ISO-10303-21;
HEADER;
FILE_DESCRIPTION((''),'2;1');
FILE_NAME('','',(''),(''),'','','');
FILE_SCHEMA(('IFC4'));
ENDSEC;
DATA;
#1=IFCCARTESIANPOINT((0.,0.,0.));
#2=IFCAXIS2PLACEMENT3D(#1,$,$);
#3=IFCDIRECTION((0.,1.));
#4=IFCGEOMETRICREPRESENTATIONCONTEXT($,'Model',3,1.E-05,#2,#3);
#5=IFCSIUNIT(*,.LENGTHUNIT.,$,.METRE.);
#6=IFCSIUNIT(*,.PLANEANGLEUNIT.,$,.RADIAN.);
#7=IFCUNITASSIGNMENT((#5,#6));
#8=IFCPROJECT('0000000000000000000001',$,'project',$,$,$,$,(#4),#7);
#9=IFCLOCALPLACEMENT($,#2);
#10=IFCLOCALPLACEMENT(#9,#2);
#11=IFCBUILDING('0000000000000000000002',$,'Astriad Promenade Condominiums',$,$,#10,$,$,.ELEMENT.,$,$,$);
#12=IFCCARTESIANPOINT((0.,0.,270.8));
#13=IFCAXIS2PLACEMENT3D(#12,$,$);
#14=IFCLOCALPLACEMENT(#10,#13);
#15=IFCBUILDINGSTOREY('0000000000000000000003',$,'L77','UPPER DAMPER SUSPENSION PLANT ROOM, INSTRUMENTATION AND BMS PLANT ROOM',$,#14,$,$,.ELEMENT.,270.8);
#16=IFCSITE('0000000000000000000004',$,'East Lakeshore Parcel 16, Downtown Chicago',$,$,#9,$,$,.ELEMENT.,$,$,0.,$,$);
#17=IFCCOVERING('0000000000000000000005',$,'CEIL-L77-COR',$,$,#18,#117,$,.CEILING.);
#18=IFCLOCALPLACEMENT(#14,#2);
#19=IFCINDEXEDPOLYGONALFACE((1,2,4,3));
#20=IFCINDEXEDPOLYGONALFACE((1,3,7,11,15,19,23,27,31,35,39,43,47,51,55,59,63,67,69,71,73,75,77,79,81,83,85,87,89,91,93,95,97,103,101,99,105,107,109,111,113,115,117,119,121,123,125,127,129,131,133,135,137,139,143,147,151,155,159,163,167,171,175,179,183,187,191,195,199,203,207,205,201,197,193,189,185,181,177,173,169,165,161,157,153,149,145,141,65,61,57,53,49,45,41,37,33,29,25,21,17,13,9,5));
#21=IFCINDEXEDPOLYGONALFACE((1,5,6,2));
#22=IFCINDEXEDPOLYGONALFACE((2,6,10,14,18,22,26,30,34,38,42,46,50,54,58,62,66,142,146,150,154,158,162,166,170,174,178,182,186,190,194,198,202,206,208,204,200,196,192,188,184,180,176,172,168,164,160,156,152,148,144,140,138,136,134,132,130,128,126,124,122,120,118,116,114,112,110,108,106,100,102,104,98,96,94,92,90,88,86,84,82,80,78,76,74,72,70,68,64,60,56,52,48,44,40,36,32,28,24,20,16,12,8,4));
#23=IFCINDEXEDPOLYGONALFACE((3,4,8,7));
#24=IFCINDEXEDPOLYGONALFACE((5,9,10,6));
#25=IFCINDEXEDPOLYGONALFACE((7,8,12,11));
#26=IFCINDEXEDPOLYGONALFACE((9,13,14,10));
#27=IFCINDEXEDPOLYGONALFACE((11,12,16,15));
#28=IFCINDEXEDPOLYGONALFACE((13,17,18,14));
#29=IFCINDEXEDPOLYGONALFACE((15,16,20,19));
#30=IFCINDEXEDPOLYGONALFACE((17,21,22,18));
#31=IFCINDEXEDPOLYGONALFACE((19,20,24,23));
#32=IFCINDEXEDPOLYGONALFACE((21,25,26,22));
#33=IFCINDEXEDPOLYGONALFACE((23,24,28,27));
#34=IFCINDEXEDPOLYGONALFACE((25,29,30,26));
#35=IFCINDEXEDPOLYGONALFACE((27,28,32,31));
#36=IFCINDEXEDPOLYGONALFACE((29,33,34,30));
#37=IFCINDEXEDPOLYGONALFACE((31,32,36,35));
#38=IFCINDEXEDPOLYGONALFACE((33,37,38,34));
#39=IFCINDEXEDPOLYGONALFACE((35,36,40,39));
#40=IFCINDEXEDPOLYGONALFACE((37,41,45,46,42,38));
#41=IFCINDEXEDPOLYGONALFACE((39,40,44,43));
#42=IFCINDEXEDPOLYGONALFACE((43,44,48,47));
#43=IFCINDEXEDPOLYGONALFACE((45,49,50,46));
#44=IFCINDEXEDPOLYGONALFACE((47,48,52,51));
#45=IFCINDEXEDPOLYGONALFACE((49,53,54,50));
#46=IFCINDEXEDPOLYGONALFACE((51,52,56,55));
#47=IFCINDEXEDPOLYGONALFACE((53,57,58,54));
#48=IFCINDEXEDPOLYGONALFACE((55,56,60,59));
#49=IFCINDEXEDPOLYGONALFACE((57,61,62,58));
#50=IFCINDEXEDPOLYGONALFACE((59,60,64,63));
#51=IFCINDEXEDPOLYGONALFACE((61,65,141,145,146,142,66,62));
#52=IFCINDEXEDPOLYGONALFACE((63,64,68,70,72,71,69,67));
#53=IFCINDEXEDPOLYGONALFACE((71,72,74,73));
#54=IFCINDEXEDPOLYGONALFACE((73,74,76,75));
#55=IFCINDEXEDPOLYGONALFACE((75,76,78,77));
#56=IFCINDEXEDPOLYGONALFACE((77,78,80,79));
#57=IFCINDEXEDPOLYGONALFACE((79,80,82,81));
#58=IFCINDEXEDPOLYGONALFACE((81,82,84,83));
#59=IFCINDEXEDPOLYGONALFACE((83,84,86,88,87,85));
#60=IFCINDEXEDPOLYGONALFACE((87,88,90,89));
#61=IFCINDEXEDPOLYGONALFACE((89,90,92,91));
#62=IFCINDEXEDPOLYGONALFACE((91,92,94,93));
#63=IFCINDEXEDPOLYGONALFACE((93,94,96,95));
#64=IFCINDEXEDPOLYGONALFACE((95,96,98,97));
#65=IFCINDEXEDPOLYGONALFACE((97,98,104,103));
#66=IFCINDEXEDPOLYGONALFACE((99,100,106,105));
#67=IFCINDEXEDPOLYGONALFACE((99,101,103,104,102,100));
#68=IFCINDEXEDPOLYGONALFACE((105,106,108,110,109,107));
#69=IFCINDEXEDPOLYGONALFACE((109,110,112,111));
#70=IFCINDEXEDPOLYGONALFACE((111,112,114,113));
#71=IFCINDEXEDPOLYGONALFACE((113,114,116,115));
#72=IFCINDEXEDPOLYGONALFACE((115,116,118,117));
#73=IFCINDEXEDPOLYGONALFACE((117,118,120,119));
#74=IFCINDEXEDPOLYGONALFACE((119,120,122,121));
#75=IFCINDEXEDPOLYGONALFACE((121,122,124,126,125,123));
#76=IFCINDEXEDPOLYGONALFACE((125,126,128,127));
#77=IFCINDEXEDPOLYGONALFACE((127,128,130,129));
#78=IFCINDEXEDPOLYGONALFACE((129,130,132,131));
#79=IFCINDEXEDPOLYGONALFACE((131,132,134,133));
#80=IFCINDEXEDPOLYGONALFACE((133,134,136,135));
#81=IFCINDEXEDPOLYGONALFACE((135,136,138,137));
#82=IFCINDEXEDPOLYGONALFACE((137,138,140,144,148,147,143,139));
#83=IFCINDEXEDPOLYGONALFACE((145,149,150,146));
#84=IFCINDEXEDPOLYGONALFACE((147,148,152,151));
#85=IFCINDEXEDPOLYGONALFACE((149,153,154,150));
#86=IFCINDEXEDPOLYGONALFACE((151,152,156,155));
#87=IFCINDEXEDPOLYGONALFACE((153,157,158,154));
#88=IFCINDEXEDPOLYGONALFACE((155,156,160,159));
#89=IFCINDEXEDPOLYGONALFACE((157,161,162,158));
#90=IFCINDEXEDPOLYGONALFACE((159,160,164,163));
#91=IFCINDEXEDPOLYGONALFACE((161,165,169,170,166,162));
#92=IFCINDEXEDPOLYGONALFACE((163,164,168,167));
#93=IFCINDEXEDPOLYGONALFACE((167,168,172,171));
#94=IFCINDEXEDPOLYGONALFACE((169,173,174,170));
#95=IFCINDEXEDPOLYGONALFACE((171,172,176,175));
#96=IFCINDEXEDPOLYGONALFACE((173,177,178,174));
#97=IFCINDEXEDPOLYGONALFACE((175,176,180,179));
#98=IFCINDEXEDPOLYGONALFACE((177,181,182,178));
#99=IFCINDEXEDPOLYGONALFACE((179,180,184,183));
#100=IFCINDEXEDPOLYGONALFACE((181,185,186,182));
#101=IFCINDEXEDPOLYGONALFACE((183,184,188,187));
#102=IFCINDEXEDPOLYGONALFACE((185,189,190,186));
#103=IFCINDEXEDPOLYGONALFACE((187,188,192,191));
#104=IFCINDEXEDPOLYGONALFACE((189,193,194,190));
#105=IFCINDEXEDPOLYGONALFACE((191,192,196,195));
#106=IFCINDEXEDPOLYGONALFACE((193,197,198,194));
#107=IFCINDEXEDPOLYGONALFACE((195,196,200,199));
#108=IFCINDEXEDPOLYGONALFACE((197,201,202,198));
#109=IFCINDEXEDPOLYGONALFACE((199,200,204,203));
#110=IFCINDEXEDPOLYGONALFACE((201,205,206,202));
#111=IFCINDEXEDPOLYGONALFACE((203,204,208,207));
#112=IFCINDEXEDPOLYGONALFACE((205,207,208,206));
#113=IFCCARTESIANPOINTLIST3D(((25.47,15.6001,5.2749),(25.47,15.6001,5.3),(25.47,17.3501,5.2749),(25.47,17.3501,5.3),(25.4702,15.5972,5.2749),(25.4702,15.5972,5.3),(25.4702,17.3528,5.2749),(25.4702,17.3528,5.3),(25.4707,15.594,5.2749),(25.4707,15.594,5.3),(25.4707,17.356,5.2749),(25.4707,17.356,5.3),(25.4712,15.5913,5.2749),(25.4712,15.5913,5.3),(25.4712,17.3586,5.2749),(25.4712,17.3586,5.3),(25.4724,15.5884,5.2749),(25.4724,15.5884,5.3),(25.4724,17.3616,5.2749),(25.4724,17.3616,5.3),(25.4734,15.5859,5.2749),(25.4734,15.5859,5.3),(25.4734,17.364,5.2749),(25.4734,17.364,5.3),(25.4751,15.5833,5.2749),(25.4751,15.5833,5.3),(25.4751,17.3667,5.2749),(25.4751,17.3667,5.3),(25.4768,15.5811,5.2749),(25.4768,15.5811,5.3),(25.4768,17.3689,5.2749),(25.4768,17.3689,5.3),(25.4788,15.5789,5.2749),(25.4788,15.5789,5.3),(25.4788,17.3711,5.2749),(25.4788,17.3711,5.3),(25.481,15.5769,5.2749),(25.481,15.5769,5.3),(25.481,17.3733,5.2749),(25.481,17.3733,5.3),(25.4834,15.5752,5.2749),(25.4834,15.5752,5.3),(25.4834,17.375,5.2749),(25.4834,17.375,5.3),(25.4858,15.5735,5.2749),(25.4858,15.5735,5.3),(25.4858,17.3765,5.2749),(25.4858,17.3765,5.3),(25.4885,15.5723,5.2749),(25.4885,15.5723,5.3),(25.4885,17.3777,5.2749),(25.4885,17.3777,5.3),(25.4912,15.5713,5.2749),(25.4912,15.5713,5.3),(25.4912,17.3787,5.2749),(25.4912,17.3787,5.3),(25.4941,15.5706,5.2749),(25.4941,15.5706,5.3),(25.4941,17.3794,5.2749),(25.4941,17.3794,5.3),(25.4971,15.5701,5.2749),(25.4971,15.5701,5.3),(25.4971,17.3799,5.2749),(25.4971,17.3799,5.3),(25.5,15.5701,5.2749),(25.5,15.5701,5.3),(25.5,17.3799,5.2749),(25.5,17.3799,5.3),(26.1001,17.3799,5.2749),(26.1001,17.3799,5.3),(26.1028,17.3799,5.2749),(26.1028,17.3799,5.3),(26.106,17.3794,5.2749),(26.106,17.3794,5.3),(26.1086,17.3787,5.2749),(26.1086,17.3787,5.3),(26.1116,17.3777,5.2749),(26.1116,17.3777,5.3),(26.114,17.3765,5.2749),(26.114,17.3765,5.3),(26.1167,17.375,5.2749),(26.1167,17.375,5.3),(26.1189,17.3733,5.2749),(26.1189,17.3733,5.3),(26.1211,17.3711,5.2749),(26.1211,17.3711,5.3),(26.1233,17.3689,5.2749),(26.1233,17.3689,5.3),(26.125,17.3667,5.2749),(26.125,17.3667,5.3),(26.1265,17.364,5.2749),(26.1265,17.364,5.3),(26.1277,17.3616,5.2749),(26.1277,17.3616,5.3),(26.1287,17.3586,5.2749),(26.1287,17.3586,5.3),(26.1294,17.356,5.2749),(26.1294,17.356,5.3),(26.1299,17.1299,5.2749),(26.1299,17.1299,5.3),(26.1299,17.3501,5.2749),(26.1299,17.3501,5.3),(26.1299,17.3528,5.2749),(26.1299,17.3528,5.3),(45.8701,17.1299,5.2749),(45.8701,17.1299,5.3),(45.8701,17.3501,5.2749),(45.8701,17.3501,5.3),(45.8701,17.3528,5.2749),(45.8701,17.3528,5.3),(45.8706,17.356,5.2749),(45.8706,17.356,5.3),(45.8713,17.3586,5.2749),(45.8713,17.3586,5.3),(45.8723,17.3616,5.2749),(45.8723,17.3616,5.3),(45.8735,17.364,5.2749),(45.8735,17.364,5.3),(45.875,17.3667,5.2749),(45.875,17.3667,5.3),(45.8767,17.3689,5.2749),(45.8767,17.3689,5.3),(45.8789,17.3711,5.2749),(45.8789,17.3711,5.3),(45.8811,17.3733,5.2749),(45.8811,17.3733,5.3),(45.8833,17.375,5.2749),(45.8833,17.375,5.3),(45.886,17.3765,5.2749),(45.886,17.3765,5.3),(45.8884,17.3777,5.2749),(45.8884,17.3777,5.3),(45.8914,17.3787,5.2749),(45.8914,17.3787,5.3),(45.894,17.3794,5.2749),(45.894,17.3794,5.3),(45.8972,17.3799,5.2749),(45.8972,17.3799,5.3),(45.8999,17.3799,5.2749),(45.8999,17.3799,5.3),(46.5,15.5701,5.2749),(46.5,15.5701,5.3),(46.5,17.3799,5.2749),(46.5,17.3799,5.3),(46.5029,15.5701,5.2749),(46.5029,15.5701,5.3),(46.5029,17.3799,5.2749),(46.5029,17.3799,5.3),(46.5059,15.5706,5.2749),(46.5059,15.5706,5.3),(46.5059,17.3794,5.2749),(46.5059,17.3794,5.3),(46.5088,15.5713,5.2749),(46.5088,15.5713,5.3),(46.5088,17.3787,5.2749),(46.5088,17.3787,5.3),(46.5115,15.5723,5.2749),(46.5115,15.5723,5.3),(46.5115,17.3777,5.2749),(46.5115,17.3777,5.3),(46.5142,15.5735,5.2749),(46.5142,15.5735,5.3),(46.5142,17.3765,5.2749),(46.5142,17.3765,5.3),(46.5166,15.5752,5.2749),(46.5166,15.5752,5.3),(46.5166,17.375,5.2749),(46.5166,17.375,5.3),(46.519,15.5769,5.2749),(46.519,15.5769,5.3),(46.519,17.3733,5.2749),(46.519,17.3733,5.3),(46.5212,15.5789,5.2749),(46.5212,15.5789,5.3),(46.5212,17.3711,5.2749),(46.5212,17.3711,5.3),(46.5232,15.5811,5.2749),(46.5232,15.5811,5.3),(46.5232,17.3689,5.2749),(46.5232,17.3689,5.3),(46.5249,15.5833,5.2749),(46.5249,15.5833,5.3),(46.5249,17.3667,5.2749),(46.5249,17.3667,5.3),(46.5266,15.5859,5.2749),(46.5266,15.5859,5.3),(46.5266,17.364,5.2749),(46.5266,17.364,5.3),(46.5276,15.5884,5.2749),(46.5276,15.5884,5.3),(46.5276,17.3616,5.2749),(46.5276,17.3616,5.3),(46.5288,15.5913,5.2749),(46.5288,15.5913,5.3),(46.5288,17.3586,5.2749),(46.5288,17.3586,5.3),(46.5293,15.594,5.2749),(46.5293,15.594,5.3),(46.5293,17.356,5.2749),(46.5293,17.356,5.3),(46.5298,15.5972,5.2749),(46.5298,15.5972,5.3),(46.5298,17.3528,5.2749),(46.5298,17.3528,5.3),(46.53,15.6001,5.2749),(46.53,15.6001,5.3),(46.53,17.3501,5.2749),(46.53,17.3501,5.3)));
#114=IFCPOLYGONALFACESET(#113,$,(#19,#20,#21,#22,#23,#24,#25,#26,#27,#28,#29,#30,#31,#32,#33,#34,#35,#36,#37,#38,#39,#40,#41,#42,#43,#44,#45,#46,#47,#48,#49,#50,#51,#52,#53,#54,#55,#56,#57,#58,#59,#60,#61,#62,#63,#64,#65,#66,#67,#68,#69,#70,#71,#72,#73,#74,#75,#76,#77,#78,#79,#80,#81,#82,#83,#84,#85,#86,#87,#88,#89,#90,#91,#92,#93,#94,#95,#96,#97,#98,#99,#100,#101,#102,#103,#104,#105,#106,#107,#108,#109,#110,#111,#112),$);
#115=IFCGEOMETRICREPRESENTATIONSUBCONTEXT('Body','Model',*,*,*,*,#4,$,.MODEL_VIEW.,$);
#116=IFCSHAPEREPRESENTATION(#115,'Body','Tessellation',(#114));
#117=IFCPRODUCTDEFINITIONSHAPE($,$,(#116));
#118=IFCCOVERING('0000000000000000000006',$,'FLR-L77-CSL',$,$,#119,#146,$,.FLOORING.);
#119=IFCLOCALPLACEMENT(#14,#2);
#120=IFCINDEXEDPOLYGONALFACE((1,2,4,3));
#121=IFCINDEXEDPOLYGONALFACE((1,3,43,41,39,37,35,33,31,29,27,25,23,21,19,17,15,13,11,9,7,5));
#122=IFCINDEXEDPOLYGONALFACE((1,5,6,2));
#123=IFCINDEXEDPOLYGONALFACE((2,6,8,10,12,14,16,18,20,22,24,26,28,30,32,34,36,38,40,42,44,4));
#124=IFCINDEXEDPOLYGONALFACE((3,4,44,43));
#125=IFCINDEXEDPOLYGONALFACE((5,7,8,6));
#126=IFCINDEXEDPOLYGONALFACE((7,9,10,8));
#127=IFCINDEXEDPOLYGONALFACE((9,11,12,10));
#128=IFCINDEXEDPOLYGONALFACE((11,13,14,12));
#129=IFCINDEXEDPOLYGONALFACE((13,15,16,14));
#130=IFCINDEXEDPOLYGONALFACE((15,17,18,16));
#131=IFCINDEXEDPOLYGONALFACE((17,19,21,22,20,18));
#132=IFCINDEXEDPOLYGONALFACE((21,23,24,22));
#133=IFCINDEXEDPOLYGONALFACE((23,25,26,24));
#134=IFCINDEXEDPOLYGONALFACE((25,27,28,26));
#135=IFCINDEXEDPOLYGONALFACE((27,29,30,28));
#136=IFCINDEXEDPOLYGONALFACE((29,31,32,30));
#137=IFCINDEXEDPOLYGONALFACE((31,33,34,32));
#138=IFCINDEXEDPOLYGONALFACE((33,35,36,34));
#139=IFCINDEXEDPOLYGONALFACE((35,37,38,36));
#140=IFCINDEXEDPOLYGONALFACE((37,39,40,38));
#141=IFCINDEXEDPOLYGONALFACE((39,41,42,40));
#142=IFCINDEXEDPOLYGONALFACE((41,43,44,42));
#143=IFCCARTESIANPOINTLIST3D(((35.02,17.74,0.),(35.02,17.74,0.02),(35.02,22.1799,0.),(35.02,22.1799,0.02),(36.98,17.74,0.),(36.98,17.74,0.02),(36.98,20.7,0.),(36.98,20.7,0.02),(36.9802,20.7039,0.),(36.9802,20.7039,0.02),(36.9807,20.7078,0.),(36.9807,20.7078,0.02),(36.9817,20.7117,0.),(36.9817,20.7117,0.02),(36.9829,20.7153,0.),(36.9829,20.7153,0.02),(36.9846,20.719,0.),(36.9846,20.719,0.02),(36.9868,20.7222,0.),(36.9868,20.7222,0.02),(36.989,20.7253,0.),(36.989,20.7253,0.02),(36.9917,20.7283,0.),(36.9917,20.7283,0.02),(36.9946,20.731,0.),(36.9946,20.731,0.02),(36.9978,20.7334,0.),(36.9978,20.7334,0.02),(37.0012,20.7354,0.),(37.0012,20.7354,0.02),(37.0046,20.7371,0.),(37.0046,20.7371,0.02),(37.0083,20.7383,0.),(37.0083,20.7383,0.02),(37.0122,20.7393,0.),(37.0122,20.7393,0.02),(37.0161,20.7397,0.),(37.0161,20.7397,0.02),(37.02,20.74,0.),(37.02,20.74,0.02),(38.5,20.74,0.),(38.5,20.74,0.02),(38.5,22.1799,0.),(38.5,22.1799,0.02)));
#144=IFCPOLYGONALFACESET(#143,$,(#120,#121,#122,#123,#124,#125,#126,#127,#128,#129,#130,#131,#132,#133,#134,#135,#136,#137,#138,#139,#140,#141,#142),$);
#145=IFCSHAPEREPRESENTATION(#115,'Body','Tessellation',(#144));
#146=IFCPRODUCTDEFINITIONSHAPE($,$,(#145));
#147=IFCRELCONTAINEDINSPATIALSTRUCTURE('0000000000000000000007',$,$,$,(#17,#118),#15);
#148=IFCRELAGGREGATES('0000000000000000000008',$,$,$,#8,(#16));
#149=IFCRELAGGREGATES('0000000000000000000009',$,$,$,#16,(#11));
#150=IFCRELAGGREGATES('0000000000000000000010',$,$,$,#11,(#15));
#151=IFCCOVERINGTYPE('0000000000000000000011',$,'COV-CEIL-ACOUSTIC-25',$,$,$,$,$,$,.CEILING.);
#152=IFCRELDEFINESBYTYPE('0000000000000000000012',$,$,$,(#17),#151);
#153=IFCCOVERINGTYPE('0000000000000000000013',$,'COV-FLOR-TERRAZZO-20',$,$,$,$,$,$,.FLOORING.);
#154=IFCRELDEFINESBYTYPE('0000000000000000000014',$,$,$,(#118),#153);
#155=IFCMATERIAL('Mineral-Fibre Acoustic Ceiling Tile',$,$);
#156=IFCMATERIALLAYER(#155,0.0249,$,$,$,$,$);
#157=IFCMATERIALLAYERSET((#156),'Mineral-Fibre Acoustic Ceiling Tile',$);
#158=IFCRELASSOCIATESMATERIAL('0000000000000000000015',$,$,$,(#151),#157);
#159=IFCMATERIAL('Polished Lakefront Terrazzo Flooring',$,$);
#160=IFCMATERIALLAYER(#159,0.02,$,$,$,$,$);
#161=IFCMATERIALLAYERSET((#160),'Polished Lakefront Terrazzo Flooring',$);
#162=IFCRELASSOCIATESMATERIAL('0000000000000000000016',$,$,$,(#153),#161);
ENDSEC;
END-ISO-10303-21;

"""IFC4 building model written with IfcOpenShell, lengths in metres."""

from ifc_helpers import new_model, si_unit, direction, frame, origin, place, context, subcontext, project, spatial, polyline, outline, extrude, material, layer, layer_set, type_object, element, save


model = new_model("IFC4")

# Units and contexts
model_context = context("Model", 3, precision=1e-05, world=origin(), true_north=direction((0.0, 1.0)))
body_context = subcontext(model_context, "Body", "Model", "MODEL_VIEW")
ifc_project = project(units=[si_unit("LENGTHUNIT", "METRE"), si_unit("PLANEANGLEUNIT", "RADIAN")], contexts=[model_context])

# Site, building, storey
site_placement = place(None, origin())
site = spatial("IfcSite", under=ifc_project, at=site_placement, Name="East Lakeshore Parcel 16, Downtown Chicago", CompositionType="ELEMENT", RefElevation=0.0)
building_placement = place(site_placement, origin())
building = spatial("IfcBuilding", under=site, at=building_placement, Name="Astriad Promenade Condominiums", CompositionType="ELEMENT")
storey_placement = place(building_placement, frame((0.0, 0.0, 270.8)))
storey = spatial("IfcBuildingStorey", under=building, at=storey_placement, Name="L77", Description="UPPER DAMPER SUSPENSION PLANT ROOM, INSTRUMENTATION AND BMS PLANT ROOM", CompositionType="ELEMENT", Elevation=270.8)

# Coverings
ifc_material_1 = material(Name="Mineral-Fibre Acoustic Ceiling Tile")
ifc_layer_1 = layer(ifc_material_1, 0.0249)
ifc_layer_set_1 = layer_set([ifc_layer_1], Name="Mineral-Fibre Acoustic Ceiling Tile")
covering_type_1 = type_object("IfcCoveringType", Name="COV-CEIL-ACOUSTIC-25", PredefinedType="CEILING", material=ifc_layer_set_1)
covering_1_placement = place(storey_placement, frame((0.0, 0.0, 5.2749)))
element("IfcCovering", 1, at=covering_1_placement, inside=storey, type_object=covering_type_1, Name="CEIL-L77-COR", PredefinedType="CEILING", context=body_context, shape_type="SweptSolid", body=[
    extrude(outline(polyline([(26.1299, 17.1299), (45.8701, 17.1299), (45.8701, 17.3501), (45.8701, 17.3528), (45.8706, 17.356), (45.8713, 17.3586), (45.8723, 17.3616), (45.8735, 17.364), (45.875, 17.3667), (45.8767, 17.3689), (45.8789, 17.3711), (45.8811, 17.3733), (45.8833, 17.375), (45.886, 17.3765), (45.8884, 17.3777), (45.8914, 17.3787), (45.894, 17.3794), (45.8972, 17.3799), (45.8999, 17.3799), (46.5, 17.3799), (46.5029, 17.3799), (46.5059, 17.3794), (46.5088, 17.3787), (46.5115, 17.3777), (46.5142, 17.3765), (46.5166, 17.375), (46.519, 17.3733), (46.5212, 17.3711), (46.5232, 17.3689), (46.5249, 17.3667), (46.5266, 17.364), (46.5276, 17.3616), (46.5288, 17.3586), (46.5293, 17.356), (46.5298, 17.3528), (46.53, 17.3501), (46.53, 15.6001), (46.5298, 15.5972), (46.5293, 15.594), (46.5288, 15.5913), (46.5276, 15.5884), (46.5266, 15.5859), (46.5249, 15.5833), (46.5232, 15.5811), (46.5212, 15.5789), (46.519, 15.5769), (46.5166, 15.5752), (46.5142, 15.5735), (46.5115, 15.5723), (46.5088, 15.5713), (46.5059, 15.5706), (46.5029, 15.5701), (46.5, 15.5701), (25.5, 15.5701), (25.4971, 15.5701), (25.4941, 15.5706), (25.4912, 15.5713), (25.4885, 15.5723), (25.4858, 15.5735), (25.4834, 15.5752), (25.481, 15.5769), (25.4788, 15.5789), (25.4768, 15.5811), (25.4751, 15.5833), (25.4734, 15.5859), (25.4724, 15.5884), (25.4712, 15.5913), (25.4707, 15.594), (25.4702, 15.5972), (25.47, 15.6001), (25.47, 17.3501), (25.4702, 17.3528), (25.4707, 17.356), (25.4712, 17.3586), (25.4724, 17.3616), (25.4734, 17.364), (25.4751, 17.3667), (25.4768, 17.3689), (25.4788, 17.3711), (25.481, 17.3733), (25.4834, 17.375), (25.4858, 17.3765), (25.4885, 17.3777), (25.4912, 17.3787), (25.4941, 17.3794), (25.4971, 17.3799), (25.5, 17.3799), (26.1001, 17.3799), (26.1028, 17.3799), (26.106, 17.3794), (26.1086, 17.3787), (26.1116, 17.3777), (26.114, 17.3765), (26.1167, 17.375), (26.1189, 17.3733), (26.1211, 17.3711), (26.1233, 17.3689), (26.125, 17.3667), (26.1265, 17.364), (26.1277, 17.3616), (26.1287, 17.3586), (26.1294, 17.356), (26.1299, 17.3528), (26.1299, 17.3501), (26.1299, 17.1299)])), origin(), (0.0, 0.0, 1.0), 0.0251),
])
ifc_material_2 = material(Name="Polished Lakefront Terrazzo Flooring")
ifc_layer_2 = layer(ifc_material_2, 0.02)
ifc_layer_set_2 = layer_set([ifc_layer_2], Name="Polished Lakefront Terrazzo Flooring")
covering_type_2 = type_object("IfcCoveringType", Name="COV-FLOR-TERRAZZO-20", PredefinedType="FLOORING", material=ifc_layer_set_2)
covering_2_placement = place(storey_placement, origin())
element("IfcCovering", 2, at=covering_2_placement, inside=storey, type_object=covering_type_2, Name="FLR-L77-CSL", PredefinedType="FLOORING", context=body_context, shape_type="SweptSolid", body=[
    extrude(outline(polyline([(36.98, 20.7), (36.98, 17.74), (35.02, 17.74), (35.02, 22.1799), (38.5, 22.1799), (38.5, 20.74), (37.02, 20.74), (37.0161, 20.7397), (37.0122, 20.7393), (37.0083, 20.7383), (37.0046, 20.7371), (37.0012, 20.7354), (36.9978, 20.7334), (36.9946, 20.731), (36.9917, 20.7283), (36.989, 20.7253), (36.9868, 20.7222), (36.9846, 20.719), (36.9829, 20.7153), (36.9817, 20.7117), (36.9807, 20.7078), (36.9802, 20.7039), (36.98, 20.7)])), origin(), (0.0, 0.0, 1.0), 0.02),
])

save(model, "model.ifc")
